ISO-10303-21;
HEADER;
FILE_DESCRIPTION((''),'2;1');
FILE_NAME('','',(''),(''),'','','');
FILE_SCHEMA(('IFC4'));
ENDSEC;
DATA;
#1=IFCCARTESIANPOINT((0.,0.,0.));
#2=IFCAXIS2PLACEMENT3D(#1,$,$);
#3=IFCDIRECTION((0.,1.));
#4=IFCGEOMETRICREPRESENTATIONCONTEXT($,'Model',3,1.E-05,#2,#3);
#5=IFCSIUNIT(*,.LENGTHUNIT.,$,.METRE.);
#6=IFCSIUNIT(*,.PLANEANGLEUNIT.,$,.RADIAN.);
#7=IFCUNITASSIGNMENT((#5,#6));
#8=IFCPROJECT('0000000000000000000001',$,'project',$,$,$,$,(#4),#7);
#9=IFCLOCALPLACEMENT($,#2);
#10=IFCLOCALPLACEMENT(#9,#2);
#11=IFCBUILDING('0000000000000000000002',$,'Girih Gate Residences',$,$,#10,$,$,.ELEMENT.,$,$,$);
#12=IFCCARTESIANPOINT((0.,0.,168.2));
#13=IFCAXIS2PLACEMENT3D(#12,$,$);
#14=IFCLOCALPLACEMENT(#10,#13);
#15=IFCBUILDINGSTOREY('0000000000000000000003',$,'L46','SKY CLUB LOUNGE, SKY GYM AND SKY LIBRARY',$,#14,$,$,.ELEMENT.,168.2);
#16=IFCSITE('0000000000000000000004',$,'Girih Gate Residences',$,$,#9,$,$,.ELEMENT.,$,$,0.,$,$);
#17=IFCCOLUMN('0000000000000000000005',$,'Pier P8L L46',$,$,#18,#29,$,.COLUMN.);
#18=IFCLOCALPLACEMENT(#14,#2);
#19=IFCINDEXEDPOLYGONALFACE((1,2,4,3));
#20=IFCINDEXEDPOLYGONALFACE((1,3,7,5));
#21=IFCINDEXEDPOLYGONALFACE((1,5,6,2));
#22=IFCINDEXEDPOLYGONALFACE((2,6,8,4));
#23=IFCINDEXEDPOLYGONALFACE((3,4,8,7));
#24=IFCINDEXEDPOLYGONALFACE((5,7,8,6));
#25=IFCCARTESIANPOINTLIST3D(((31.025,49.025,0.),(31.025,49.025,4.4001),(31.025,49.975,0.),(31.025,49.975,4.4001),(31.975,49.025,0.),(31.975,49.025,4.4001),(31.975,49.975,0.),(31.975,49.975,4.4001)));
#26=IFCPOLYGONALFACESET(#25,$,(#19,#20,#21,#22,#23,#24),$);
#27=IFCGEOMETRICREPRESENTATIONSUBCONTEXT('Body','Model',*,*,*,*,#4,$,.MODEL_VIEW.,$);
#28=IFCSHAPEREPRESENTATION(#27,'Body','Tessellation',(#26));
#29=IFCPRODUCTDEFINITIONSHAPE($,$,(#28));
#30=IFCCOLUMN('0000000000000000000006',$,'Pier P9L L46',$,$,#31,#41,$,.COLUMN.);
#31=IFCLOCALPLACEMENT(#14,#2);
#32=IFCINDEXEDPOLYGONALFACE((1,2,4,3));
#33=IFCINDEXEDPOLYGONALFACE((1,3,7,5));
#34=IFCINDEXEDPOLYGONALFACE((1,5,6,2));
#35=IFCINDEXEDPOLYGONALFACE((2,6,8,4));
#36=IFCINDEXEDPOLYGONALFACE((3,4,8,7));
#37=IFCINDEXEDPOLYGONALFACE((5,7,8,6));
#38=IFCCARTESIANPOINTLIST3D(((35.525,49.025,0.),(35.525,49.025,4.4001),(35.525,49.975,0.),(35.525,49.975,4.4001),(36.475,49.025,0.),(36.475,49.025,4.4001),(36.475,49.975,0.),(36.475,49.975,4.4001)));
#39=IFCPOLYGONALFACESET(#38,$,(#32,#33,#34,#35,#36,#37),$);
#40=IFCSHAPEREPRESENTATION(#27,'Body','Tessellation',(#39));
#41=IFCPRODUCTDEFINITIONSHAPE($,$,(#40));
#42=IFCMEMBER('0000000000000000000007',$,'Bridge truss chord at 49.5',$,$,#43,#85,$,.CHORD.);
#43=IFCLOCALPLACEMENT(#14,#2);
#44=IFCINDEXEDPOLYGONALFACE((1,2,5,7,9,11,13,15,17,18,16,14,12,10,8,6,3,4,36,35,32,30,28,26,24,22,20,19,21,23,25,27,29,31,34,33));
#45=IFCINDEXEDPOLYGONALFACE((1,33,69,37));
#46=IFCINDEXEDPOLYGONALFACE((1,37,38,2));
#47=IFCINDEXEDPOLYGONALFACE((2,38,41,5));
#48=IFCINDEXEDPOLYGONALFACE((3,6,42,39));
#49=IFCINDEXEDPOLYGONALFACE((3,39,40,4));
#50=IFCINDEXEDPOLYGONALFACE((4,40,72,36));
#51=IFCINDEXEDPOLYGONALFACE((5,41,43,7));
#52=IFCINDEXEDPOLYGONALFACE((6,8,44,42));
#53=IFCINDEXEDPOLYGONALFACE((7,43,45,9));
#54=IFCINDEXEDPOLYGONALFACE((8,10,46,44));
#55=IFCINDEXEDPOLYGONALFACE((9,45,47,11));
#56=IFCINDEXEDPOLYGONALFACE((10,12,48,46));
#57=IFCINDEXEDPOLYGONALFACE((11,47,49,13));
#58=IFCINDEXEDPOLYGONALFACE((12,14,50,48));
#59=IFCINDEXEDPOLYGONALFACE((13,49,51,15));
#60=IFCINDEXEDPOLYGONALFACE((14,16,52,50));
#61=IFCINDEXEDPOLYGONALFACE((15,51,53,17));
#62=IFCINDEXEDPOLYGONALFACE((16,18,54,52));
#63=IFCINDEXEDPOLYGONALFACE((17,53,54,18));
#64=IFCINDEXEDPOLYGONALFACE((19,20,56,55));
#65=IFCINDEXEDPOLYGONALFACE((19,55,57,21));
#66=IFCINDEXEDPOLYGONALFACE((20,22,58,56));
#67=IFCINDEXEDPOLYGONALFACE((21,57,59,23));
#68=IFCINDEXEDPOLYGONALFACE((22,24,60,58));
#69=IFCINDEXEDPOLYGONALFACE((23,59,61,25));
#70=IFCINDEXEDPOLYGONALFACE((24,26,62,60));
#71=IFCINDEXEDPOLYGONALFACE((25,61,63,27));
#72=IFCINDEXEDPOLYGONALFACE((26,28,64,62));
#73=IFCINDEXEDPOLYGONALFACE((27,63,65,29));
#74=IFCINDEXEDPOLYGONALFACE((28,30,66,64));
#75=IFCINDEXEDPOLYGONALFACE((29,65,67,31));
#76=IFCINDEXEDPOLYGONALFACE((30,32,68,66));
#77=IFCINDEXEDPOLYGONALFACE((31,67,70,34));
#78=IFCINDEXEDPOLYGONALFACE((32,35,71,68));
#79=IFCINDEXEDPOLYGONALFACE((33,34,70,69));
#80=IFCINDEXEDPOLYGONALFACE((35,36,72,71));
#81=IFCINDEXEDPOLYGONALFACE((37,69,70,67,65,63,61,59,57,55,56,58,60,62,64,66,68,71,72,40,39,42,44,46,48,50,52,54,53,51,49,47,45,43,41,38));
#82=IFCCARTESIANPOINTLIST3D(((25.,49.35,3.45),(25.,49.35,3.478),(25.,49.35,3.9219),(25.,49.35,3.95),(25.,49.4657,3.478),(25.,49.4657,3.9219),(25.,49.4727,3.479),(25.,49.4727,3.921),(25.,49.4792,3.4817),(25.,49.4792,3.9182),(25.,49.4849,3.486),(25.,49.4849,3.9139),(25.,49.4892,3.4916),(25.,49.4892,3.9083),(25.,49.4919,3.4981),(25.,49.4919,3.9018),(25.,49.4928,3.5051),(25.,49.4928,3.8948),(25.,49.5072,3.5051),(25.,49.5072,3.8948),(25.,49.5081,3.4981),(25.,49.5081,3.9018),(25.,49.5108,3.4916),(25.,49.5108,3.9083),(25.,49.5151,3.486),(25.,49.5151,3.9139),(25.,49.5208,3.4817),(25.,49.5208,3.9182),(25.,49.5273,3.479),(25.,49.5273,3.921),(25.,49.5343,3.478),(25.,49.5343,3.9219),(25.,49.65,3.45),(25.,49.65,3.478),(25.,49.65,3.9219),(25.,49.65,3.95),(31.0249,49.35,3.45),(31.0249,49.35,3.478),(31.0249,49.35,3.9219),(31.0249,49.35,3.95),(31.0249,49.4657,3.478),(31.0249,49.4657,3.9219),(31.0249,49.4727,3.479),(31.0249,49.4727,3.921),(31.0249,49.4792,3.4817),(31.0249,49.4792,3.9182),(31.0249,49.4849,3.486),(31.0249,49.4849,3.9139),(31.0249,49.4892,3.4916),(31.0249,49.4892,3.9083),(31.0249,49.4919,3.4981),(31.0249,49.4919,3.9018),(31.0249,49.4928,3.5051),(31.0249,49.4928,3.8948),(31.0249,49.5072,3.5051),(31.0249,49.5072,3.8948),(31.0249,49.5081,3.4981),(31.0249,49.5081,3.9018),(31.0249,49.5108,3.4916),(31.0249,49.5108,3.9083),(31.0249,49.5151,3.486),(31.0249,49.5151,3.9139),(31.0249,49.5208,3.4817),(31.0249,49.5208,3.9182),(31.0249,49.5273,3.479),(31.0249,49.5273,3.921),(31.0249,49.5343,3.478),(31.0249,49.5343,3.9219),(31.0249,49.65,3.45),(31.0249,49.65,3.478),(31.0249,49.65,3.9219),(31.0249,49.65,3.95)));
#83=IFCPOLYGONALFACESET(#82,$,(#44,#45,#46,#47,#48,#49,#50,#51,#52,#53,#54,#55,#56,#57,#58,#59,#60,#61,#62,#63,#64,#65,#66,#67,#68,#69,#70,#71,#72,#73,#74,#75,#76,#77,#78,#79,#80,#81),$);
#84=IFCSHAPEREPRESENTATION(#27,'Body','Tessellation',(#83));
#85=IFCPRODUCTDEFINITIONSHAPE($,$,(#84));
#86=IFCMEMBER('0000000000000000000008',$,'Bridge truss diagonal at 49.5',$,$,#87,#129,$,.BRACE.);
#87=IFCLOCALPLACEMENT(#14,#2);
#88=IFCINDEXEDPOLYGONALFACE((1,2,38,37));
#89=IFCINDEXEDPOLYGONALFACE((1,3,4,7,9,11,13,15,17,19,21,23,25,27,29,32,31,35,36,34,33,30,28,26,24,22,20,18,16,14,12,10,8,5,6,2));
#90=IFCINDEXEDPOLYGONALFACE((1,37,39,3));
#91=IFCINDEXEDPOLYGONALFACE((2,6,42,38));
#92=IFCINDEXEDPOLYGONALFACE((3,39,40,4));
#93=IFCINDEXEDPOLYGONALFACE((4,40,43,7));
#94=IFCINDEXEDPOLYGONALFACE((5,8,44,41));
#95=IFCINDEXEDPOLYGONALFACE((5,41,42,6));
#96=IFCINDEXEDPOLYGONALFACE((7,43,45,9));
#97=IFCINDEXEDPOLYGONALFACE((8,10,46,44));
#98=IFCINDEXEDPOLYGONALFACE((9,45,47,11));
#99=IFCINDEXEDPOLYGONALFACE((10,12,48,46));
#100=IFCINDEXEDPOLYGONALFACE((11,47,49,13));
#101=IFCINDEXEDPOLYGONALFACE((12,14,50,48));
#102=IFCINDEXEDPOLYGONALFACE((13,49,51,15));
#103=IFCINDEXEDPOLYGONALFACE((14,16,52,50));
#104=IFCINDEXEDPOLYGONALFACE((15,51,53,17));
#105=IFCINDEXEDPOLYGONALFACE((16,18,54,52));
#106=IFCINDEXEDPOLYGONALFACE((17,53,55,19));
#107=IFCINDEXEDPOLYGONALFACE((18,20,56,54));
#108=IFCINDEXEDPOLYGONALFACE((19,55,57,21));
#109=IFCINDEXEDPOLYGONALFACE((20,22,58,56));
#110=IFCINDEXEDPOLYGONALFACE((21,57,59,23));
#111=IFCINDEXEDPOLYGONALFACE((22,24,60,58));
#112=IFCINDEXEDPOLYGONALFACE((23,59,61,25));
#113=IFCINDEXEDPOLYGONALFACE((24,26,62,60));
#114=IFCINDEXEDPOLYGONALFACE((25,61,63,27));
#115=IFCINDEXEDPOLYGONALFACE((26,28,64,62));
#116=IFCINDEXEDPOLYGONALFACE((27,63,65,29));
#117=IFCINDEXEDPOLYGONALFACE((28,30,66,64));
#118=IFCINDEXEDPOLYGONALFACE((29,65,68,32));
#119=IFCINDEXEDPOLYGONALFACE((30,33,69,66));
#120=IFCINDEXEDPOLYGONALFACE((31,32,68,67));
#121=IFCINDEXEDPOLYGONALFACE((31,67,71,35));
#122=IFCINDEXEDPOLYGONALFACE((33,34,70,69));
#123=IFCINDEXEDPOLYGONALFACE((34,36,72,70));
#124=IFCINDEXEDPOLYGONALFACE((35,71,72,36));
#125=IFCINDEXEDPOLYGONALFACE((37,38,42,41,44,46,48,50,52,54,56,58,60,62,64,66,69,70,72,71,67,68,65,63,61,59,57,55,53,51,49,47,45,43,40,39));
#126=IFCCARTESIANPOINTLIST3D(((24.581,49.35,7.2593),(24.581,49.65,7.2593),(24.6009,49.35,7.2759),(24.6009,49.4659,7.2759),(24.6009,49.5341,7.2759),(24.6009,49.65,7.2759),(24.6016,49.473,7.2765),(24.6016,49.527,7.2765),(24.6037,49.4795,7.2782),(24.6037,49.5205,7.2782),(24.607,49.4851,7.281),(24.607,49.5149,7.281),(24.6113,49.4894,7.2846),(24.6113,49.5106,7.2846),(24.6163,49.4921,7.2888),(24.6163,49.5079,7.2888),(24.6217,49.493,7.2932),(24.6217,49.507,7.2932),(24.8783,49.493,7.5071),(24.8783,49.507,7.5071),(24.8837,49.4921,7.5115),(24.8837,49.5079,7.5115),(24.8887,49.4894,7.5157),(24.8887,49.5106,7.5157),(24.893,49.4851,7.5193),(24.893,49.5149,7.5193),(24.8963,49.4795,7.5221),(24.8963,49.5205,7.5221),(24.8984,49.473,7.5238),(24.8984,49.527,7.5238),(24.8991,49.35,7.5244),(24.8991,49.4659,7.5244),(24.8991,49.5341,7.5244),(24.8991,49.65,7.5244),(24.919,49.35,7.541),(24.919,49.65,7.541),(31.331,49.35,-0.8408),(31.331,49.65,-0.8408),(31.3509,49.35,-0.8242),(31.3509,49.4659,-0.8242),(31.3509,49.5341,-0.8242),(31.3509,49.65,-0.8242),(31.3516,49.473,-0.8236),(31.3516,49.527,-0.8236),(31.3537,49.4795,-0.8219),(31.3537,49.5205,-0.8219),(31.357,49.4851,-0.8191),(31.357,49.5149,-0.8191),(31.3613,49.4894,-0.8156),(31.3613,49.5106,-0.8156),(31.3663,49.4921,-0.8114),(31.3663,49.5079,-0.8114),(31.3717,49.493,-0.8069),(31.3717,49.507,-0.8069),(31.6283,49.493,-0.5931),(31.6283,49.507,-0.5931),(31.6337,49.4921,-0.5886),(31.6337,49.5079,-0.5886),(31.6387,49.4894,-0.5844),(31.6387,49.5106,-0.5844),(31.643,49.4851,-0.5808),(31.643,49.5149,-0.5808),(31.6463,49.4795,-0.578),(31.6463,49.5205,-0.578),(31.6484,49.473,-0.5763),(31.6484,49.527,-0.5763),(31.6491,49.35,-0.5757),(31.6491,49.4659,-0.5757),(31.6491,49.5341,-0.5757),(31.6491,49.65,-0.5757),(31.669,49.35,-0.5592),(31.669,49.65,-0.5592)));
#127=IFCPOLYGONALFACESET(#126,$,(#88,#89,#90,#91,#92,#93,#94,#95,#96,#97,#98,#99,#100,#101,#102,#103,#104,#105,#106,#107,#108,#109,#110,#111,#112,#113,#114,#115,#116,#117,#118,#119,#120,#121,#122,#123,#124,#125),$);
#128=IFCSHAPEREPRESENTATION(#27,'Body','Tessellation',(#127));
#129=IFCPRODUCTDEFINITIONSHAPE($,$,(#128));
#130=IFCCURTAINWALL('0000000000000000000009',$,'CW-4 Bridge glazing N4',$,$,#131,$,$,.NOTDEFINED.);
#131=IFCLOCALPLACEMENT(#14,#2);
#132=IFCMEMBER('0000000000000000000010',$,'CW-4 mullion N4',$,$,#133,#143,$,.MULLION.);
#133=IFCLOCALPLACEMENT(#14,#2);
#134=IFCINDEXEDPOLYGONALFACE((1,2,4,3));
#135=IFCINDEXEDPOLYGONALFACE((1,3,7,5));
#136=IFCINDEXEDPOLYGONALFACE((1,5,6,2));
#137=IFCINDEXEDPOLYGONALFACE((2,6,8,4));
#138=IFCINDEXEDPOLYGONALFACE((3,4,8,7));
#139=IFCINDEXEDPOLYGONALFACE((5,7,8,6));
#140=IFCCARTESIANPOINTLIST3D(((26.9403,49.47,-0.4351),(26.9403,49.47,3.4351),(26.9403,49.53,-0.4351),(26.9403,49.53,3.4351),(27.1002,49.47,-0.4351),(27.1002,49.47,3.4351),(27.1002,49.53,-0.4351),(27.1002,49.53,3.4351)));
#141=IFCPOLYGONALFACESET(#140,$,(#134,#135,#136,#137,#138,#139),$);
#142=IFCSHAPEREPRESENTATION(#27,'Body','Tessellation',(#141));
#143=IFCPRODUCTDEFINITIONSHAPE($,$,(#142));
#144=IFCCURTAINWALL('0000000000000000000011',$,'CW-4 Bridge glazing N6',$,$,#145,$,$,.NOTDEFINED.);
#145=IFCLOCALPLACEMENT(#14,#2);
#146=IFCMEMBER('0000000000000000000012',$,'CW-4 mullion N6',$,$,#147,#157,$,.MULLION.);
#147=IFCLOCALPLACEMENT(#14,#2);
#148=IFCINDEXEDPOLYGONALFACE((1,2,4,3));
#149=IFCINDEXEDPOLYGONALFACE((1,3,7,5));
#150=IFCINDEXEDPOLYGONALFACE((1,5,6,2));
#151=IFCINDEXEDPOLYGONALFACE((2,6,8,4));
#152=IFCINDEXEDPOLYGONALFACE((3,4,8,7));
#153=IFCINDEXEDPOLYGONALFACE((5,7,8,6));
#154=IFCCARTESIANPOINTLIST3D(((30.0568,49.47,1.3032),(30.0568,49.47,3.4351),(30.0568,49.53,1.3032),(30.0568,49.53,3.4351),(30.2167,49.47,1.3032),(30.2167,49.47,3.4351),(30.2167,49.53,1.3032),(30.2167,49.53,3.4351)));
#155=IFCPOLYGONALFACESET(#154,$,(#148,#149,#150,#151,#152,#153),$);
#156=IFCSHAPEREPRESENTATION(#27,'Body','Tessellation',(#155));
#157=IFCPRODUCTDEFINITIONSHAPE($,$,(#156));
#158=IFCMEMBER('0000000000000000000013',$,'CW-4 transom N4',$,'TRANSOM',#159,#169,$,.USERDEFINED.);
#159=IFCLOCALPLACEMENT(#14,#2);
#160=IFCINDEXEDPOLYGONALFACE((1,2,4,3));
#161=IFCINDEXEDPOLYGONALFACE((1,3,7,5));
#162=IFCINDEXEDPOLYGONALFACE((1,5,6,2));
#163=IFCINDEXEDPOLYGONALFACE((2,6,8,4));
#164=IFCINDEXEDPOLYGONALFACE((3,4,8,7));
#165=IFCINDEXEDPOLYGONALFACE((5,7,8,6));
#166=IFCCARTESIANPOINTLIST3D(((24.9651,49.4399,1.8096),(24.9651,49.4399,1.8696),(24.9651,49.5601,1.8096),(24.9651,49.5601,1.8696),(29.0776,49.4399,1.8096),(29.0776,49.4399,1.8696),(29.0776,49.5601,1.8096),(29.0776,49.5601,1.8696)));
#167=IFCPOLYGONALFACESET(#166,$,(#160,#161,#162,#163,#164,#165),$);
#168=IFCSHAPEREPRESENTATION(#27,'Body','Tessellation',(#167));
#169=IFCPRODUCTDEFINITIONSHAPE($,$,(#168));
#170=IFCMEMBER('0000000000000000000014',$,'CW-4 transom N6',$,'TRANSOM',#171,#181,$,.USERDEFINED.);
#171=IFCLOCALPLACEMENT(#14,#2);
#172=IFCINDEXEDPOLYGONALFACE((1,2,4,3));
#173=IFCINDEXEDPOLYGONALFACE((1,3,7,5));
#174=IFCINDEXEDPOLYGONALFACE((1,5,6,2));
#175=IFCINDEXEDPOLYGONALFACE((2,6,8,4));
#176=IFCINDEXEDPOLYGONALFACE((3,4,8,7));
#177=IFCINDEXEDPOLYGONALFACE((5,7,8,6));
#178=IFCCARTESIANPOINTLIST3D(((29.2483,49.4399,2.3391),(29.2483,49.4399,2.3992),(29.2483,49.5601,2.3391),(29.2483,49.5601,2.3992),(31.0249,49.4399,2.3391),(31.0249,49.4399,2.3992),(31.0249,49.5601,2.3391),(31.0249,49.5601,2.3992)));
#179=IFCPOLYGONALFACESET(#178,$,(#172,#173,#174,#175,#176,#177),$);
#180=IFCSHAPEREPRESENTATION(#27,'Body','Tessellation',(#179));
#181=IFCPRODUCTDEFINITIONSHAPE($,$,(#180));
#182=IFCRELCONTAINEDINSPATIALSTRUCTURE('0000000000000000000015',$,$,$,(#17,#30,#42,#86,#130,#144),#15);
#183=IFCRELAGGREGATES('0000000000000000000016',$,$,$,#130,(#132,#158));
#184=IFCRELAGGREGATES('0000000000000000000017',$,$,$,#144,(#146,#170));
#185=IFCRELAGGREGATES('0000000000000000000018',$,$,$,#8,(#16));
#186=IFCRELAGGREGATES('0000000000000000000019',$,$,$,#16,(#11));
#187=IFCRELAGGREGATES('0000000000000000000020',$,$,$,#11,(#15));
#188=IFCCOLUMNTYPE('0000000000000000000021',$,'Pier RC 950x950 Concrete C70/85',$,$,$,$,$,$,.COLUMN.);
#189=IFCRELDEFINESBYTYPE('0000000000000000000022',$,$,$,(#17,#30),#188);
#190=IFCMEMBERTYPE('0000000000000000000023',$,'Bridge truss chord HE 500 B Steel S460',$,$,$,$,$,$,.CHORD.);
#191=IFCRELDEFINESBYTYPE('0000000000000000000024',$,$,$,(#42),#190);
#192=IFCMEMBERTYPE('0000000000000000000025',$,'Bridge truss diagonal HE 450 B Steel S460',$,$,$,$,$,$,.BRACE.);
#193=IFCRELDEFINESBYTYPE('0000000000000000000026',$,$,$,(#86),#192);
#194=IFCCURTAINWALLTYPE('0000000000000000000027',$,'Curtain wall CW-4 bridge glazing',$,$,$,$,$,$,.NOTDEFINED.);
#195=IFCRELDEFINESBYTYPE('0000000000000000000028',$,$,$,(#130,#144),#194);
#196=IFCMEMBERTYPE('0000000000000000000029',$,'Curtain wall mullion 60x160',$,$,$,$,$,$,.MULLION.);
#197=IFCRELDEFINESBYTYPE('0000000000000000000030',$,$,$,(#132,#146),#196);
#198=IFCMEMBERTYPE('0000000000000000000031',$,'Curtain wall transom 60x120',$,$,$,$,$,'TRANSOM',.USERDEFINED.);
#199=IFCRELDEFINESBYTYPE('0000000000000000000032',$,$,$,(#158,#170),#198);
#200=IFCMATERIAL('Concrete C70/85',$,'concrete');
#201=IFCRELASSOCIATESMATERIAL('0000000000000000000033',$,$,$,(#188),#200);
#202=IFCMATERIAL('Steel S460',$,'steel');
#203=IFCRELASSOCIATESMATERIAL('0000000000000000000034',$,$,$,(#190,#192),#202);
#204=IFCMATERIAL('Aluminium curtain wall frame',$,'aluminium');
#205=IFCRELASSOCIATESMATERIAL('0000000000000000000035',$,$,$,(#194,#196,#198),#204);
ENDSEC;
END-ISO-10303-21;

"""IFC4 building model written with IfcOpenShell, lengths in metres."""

from ifc_helpers import new_model, si_unit, direction, frame, origin, origin_2d, place, context, subcontext, project, spatial, rectangle, i_section, extrude, material, material_profile, profile_set, type_object, element, aggregate, save


model = new_model("IFC4")

# Units and contexts
model_context = context("Model", 3, precision=1e-05, world=origin(), true_north=direction((0.0, 1.0)))
body_context = subcontext(model_context, "Body", "Model", "MODEL_VIEW")
ifc_project = project(units=[si_unit("LENGTHUNIT", "METRE"), si_unit("PLANEANGLEUNIT", "RADIAN")], contexts=[model_context])

# Site, building, storey
site_placement = place(None, origin())
site = spatial("IfcSite", under=ifc_project, at=site_placement, Name="Girih Gate Residences", CompositionType="ELEMENT", RefElevation=0.0)
building_placement = place(site_placement, origin())
building = spatial("IfcBuilding", under=site, at=building_placement, Name="Girih Gate Residences", CompositionType="ELEMENT")
storey_placement = place(building_placement, frame((0.0, 0.0, 168.2)))
storey = spatial("IfcBuildingStorey", under=building, at=storey_placement, Name="L46", Description="SKY CLUB LOUNGE, SKY GYM AND SKY LIBRARY", CompositionType="ELEMENT", Elevation=168.2)

# Columns
ifc_material_1 = material(Name="Concrete C70/85", Category="concrete")
ifc_material_profile_1 = material_profile(ifc_material_1, rectangle(XDim=0.95, YDim=0.95, at=origin_2d()))
ifc_profile_set_1 = profile_set([ifc_material_profile_1], Name="Concrete C70/85")
column_type = type_object("IfcColumnType", Name="Pier RC 950x950 Concrete C70/85", PredefinedType="COLUMN", material=ifc_profile_set_1)
for number, where, z_axis, x_axis, name in (
    (1, (31.5, 49.5, 0.0), (0.0, 0.0, 1.0), (1.0, 0.0, 0.0), "Pier P8L L46"),
    (2, (36.0, 49.5, 0.0), (0.0, 0.0, 1.0), (1.0, 0.0, 0.0), "Pier P9L L46"),
):
    element("IfcColumn", number, at=place(storey_placement, frame(where, z_axis=z_axis, x_axis=x_axis)), inside=storey, type_object=column_type, Name=name, PredefinedType="COLUMN", context=body_context, shape_type="SweptSolid", body=[
        extrude(rectangle(XDim=0.95, YDim=0.95, at=origin_2d()), origin(), (0.0, 0.0, 1.0), 4.4001),
    ])

# Members
ifc_material_2 = material(Name="Steel S460", Category="steel")
ifc_material_profile_2 = material_profile(ifc_material_2, i_section(OverallWidth=0.3, OverallDepth=0.5, WebThickness=0.0144, FlangeThickness=0.0281, FilletRadius=0.0271, at=origin_2d()))
ifc_profile_set_2 = profile_set([ifc_material_profile_2], Name="Steel S460")
member_type_1 = type_object("IfcMemberType", Name="Bridge truss chord HE 500 B Steel S460", PredefinedType="CHORD", material=ifc_profile_set_2)
member_1_placement = place(storey_placement, frame((25.0, 49.5, 3.7), z_axis=(1.0, 0.0, 0.0), x_axis=(0.0, 1.0, 0.0)))
element("IfcMember", 3, at=member_1_placement, inside=storey, type_object=member_type_1, Name="Bridge truss chord at 49.5", PredefinedType="CHORD", context=body_context, shape_type="SweptSolid", body=[
    extrude(i_section(OverallWidth=0.3, OverallDepth=0.5, WebThickness=0.0144, FlangeThickness=0.0281, FilletRadius=0.0271, at=origin_2d()), origin(), (0.0, 0.0, 1.0), 6.0249),
])
ifc_material_profile_3 = material_profile(ifc_material_2, i_section(OverallWidth=0.3, OverallDepth=0.4399, WebThickness=0.0139, FlangeThickness=0.0259, FilletRadius=0.0271, at=origin_2d()))
ifc_profile_set_3 = profile_set([ifc_material_profile_3], Name="Steel S460")
member_type_2 = type_object("IfcMemberType", Name="Bridge truss diagonal HE 450 B Steel S460", PredefinedType="BRACE", material=ifc_profile_set_3)
member_2_placement = place(storey_placement, frame((24.75, 49.5, 7.4001), z_axis=(0.64018, 0.0, -0.768225), x_axis=(0.0, 1.0, 0.0)))
element("IfcMember", 4, at=member_2_placement, inside=storey, type_object=member_type_2, Name="Bridge truss diagonal at 49.5", PredefinedType="BRACE", context=body_context, shape_type="SweptSolid", body=[
    extrude(i_section(OverallWidth=0.3, OverallDepth=0.4399, WebThickness=0.0139, FlangeThickness=0.0259, FilletRadius=0.0271, at=origin_2d()), origin(), (0.0, 0.0, 1.0), 10.5439),
])

# Curtain walls, members
ifc_material_3 = material(Name="Aluminium curtain wall frame", Category="aluminium")
curtain_wall_type = type_object("IfcCurtainWallType", Name="Curtain wall CW-4 bridge glazing", PredefinedType="NOTDEFINED", material=ifc_material_3)
curtain_wall_1_placement = place(storey_placement, origin())
curtain_wall_1 = element("IfcCurtainWall", 5, at=curtain_wall_1_placement, inside=storey, type_object=curtain_wall_type, Name="CW-4 Bridge glazing N4", PredefinedType="NOTDEFINED")
ifc_material_profile_4 = material_profile(ifc_material_3, rectangle(XDim=0.0601, YDim=0.1599, at=origin_2d()))
ifc_profile_set_4 = profile_set([ifc_material_profile_4], Name="Aluminium curtain wall frame")
member_type_3 = type_object("IfcMemberType", Name="Curtain wall mullion 60x160", PredefinedType="MULLION", material=ifc_profile_set_4)
member_3_placement = place(storey_placement, frame((27.0203, 49.5, -0.4351), z_axis=(0.0, 0.0, 1.0), x_axis=(0.0, 1.0, 0.0)))
member_3 = element("IfcMember", 6, at=member_3_placement, type_object=member_type_3, Name="CW-4 mullion N4", PredefinedType="MULLION", context=body_context, shape_type="SweptSolid", body=[
    extrude(rectangle(XDim=0.0601, YDim=0.1599, at=origin_2d()), origin(), (0.0, 0.0, 1.0), 3.8701),
])
curtain_wall_2_placement = place(storey_placement, origin())
curtain_wall_2 = element("IfcCurtainWall", 7, at=curtain_wall_2_placement, inside=storey, type_object=curtain_wall_type, Name="CW-4 Bridge glazing N6", PredefinedType="NOTDEFINED")
member_4_placement = place(storey_placement, frame((30.1367, 49.5, 1.3032), z_axis=(0.0, 0.0, 1.0), x_axis=(0.0, 1.0, 0.0)))
member_4 = element("IfcMember", 8, at=member_4_placement, type_object=member_type_3, Name="CW-4 mullion N6", PredefinedType="MULLION", context=body_context, shape_type="SweptSolid", body=[
    extrude(rectangle(XDim=0.0601, YDim=0.1599, at=origin_2d()), origin(), (0.0, 0.0, 1.0), 2.1318),
])

# Members
ifc_material_profile_5 = material_profile(ifc_material_3, rectangle(XDim=0.1201, YDim=0.0601, at=origin_2d()))
ifc_profile_set_5 = profile_set([ifc_material_profile_5], Name="Aluminium curtain wall frame")
member_type_4 = type_object("IfcMemberType", Name="Curtain wall transom 60x120", ElementType="TRANSOM", PredefinedType="USERDEFINED", material=ifc_profile_set_5)
member_5_placement = place(storey_placement, frame((24.9651, 49.5, 1.8396), z_axis=(1.0, 0.0, 0.0), x_axis=(0.0, 1.0, 0.0)))
member_5 = element("IfcMember", 9, at=member_5_placement, type_object=member_type_4, Name="CW-4 transom N4", ObjectType="TRANSOM", PredefinedType="USERDEFINED", context=body_context, shape_type="SweptSolid", body=[
    extrude(rectangle(XDim=0.1201, YDim=0.0601, at=origin_2d()), origin(), (0.0, 0.0, 1.0), 4.1125),
])
member_6_placement = place(storey_placement, frame((29.2483, 49.5, 2.3691), z_axis=(1.0, 0.0, 0.0), x_axis=(0.0, 1.0, 0.0)))
member_6 = element("IfcMember", 10, at=member_6_placement, type_object=member_type_4, Name="CW-4 transom N6", ObjectType="TRANSOM", PredefinedType="USERDEFINED", context=body_context, shape_type="SweptSolid", body=[
    extrude(rectangle(XDim=0.1201, YDim=0.0601, at=origin_2d()), origin(), (0.0, 0.0, 1.0), 1.7766),
])

aggregate(curtain_wall_1, [member_3, member_5])
aggregate(curtain_wall_2, [member_4, member_6])

save(model, "model.ifc")
